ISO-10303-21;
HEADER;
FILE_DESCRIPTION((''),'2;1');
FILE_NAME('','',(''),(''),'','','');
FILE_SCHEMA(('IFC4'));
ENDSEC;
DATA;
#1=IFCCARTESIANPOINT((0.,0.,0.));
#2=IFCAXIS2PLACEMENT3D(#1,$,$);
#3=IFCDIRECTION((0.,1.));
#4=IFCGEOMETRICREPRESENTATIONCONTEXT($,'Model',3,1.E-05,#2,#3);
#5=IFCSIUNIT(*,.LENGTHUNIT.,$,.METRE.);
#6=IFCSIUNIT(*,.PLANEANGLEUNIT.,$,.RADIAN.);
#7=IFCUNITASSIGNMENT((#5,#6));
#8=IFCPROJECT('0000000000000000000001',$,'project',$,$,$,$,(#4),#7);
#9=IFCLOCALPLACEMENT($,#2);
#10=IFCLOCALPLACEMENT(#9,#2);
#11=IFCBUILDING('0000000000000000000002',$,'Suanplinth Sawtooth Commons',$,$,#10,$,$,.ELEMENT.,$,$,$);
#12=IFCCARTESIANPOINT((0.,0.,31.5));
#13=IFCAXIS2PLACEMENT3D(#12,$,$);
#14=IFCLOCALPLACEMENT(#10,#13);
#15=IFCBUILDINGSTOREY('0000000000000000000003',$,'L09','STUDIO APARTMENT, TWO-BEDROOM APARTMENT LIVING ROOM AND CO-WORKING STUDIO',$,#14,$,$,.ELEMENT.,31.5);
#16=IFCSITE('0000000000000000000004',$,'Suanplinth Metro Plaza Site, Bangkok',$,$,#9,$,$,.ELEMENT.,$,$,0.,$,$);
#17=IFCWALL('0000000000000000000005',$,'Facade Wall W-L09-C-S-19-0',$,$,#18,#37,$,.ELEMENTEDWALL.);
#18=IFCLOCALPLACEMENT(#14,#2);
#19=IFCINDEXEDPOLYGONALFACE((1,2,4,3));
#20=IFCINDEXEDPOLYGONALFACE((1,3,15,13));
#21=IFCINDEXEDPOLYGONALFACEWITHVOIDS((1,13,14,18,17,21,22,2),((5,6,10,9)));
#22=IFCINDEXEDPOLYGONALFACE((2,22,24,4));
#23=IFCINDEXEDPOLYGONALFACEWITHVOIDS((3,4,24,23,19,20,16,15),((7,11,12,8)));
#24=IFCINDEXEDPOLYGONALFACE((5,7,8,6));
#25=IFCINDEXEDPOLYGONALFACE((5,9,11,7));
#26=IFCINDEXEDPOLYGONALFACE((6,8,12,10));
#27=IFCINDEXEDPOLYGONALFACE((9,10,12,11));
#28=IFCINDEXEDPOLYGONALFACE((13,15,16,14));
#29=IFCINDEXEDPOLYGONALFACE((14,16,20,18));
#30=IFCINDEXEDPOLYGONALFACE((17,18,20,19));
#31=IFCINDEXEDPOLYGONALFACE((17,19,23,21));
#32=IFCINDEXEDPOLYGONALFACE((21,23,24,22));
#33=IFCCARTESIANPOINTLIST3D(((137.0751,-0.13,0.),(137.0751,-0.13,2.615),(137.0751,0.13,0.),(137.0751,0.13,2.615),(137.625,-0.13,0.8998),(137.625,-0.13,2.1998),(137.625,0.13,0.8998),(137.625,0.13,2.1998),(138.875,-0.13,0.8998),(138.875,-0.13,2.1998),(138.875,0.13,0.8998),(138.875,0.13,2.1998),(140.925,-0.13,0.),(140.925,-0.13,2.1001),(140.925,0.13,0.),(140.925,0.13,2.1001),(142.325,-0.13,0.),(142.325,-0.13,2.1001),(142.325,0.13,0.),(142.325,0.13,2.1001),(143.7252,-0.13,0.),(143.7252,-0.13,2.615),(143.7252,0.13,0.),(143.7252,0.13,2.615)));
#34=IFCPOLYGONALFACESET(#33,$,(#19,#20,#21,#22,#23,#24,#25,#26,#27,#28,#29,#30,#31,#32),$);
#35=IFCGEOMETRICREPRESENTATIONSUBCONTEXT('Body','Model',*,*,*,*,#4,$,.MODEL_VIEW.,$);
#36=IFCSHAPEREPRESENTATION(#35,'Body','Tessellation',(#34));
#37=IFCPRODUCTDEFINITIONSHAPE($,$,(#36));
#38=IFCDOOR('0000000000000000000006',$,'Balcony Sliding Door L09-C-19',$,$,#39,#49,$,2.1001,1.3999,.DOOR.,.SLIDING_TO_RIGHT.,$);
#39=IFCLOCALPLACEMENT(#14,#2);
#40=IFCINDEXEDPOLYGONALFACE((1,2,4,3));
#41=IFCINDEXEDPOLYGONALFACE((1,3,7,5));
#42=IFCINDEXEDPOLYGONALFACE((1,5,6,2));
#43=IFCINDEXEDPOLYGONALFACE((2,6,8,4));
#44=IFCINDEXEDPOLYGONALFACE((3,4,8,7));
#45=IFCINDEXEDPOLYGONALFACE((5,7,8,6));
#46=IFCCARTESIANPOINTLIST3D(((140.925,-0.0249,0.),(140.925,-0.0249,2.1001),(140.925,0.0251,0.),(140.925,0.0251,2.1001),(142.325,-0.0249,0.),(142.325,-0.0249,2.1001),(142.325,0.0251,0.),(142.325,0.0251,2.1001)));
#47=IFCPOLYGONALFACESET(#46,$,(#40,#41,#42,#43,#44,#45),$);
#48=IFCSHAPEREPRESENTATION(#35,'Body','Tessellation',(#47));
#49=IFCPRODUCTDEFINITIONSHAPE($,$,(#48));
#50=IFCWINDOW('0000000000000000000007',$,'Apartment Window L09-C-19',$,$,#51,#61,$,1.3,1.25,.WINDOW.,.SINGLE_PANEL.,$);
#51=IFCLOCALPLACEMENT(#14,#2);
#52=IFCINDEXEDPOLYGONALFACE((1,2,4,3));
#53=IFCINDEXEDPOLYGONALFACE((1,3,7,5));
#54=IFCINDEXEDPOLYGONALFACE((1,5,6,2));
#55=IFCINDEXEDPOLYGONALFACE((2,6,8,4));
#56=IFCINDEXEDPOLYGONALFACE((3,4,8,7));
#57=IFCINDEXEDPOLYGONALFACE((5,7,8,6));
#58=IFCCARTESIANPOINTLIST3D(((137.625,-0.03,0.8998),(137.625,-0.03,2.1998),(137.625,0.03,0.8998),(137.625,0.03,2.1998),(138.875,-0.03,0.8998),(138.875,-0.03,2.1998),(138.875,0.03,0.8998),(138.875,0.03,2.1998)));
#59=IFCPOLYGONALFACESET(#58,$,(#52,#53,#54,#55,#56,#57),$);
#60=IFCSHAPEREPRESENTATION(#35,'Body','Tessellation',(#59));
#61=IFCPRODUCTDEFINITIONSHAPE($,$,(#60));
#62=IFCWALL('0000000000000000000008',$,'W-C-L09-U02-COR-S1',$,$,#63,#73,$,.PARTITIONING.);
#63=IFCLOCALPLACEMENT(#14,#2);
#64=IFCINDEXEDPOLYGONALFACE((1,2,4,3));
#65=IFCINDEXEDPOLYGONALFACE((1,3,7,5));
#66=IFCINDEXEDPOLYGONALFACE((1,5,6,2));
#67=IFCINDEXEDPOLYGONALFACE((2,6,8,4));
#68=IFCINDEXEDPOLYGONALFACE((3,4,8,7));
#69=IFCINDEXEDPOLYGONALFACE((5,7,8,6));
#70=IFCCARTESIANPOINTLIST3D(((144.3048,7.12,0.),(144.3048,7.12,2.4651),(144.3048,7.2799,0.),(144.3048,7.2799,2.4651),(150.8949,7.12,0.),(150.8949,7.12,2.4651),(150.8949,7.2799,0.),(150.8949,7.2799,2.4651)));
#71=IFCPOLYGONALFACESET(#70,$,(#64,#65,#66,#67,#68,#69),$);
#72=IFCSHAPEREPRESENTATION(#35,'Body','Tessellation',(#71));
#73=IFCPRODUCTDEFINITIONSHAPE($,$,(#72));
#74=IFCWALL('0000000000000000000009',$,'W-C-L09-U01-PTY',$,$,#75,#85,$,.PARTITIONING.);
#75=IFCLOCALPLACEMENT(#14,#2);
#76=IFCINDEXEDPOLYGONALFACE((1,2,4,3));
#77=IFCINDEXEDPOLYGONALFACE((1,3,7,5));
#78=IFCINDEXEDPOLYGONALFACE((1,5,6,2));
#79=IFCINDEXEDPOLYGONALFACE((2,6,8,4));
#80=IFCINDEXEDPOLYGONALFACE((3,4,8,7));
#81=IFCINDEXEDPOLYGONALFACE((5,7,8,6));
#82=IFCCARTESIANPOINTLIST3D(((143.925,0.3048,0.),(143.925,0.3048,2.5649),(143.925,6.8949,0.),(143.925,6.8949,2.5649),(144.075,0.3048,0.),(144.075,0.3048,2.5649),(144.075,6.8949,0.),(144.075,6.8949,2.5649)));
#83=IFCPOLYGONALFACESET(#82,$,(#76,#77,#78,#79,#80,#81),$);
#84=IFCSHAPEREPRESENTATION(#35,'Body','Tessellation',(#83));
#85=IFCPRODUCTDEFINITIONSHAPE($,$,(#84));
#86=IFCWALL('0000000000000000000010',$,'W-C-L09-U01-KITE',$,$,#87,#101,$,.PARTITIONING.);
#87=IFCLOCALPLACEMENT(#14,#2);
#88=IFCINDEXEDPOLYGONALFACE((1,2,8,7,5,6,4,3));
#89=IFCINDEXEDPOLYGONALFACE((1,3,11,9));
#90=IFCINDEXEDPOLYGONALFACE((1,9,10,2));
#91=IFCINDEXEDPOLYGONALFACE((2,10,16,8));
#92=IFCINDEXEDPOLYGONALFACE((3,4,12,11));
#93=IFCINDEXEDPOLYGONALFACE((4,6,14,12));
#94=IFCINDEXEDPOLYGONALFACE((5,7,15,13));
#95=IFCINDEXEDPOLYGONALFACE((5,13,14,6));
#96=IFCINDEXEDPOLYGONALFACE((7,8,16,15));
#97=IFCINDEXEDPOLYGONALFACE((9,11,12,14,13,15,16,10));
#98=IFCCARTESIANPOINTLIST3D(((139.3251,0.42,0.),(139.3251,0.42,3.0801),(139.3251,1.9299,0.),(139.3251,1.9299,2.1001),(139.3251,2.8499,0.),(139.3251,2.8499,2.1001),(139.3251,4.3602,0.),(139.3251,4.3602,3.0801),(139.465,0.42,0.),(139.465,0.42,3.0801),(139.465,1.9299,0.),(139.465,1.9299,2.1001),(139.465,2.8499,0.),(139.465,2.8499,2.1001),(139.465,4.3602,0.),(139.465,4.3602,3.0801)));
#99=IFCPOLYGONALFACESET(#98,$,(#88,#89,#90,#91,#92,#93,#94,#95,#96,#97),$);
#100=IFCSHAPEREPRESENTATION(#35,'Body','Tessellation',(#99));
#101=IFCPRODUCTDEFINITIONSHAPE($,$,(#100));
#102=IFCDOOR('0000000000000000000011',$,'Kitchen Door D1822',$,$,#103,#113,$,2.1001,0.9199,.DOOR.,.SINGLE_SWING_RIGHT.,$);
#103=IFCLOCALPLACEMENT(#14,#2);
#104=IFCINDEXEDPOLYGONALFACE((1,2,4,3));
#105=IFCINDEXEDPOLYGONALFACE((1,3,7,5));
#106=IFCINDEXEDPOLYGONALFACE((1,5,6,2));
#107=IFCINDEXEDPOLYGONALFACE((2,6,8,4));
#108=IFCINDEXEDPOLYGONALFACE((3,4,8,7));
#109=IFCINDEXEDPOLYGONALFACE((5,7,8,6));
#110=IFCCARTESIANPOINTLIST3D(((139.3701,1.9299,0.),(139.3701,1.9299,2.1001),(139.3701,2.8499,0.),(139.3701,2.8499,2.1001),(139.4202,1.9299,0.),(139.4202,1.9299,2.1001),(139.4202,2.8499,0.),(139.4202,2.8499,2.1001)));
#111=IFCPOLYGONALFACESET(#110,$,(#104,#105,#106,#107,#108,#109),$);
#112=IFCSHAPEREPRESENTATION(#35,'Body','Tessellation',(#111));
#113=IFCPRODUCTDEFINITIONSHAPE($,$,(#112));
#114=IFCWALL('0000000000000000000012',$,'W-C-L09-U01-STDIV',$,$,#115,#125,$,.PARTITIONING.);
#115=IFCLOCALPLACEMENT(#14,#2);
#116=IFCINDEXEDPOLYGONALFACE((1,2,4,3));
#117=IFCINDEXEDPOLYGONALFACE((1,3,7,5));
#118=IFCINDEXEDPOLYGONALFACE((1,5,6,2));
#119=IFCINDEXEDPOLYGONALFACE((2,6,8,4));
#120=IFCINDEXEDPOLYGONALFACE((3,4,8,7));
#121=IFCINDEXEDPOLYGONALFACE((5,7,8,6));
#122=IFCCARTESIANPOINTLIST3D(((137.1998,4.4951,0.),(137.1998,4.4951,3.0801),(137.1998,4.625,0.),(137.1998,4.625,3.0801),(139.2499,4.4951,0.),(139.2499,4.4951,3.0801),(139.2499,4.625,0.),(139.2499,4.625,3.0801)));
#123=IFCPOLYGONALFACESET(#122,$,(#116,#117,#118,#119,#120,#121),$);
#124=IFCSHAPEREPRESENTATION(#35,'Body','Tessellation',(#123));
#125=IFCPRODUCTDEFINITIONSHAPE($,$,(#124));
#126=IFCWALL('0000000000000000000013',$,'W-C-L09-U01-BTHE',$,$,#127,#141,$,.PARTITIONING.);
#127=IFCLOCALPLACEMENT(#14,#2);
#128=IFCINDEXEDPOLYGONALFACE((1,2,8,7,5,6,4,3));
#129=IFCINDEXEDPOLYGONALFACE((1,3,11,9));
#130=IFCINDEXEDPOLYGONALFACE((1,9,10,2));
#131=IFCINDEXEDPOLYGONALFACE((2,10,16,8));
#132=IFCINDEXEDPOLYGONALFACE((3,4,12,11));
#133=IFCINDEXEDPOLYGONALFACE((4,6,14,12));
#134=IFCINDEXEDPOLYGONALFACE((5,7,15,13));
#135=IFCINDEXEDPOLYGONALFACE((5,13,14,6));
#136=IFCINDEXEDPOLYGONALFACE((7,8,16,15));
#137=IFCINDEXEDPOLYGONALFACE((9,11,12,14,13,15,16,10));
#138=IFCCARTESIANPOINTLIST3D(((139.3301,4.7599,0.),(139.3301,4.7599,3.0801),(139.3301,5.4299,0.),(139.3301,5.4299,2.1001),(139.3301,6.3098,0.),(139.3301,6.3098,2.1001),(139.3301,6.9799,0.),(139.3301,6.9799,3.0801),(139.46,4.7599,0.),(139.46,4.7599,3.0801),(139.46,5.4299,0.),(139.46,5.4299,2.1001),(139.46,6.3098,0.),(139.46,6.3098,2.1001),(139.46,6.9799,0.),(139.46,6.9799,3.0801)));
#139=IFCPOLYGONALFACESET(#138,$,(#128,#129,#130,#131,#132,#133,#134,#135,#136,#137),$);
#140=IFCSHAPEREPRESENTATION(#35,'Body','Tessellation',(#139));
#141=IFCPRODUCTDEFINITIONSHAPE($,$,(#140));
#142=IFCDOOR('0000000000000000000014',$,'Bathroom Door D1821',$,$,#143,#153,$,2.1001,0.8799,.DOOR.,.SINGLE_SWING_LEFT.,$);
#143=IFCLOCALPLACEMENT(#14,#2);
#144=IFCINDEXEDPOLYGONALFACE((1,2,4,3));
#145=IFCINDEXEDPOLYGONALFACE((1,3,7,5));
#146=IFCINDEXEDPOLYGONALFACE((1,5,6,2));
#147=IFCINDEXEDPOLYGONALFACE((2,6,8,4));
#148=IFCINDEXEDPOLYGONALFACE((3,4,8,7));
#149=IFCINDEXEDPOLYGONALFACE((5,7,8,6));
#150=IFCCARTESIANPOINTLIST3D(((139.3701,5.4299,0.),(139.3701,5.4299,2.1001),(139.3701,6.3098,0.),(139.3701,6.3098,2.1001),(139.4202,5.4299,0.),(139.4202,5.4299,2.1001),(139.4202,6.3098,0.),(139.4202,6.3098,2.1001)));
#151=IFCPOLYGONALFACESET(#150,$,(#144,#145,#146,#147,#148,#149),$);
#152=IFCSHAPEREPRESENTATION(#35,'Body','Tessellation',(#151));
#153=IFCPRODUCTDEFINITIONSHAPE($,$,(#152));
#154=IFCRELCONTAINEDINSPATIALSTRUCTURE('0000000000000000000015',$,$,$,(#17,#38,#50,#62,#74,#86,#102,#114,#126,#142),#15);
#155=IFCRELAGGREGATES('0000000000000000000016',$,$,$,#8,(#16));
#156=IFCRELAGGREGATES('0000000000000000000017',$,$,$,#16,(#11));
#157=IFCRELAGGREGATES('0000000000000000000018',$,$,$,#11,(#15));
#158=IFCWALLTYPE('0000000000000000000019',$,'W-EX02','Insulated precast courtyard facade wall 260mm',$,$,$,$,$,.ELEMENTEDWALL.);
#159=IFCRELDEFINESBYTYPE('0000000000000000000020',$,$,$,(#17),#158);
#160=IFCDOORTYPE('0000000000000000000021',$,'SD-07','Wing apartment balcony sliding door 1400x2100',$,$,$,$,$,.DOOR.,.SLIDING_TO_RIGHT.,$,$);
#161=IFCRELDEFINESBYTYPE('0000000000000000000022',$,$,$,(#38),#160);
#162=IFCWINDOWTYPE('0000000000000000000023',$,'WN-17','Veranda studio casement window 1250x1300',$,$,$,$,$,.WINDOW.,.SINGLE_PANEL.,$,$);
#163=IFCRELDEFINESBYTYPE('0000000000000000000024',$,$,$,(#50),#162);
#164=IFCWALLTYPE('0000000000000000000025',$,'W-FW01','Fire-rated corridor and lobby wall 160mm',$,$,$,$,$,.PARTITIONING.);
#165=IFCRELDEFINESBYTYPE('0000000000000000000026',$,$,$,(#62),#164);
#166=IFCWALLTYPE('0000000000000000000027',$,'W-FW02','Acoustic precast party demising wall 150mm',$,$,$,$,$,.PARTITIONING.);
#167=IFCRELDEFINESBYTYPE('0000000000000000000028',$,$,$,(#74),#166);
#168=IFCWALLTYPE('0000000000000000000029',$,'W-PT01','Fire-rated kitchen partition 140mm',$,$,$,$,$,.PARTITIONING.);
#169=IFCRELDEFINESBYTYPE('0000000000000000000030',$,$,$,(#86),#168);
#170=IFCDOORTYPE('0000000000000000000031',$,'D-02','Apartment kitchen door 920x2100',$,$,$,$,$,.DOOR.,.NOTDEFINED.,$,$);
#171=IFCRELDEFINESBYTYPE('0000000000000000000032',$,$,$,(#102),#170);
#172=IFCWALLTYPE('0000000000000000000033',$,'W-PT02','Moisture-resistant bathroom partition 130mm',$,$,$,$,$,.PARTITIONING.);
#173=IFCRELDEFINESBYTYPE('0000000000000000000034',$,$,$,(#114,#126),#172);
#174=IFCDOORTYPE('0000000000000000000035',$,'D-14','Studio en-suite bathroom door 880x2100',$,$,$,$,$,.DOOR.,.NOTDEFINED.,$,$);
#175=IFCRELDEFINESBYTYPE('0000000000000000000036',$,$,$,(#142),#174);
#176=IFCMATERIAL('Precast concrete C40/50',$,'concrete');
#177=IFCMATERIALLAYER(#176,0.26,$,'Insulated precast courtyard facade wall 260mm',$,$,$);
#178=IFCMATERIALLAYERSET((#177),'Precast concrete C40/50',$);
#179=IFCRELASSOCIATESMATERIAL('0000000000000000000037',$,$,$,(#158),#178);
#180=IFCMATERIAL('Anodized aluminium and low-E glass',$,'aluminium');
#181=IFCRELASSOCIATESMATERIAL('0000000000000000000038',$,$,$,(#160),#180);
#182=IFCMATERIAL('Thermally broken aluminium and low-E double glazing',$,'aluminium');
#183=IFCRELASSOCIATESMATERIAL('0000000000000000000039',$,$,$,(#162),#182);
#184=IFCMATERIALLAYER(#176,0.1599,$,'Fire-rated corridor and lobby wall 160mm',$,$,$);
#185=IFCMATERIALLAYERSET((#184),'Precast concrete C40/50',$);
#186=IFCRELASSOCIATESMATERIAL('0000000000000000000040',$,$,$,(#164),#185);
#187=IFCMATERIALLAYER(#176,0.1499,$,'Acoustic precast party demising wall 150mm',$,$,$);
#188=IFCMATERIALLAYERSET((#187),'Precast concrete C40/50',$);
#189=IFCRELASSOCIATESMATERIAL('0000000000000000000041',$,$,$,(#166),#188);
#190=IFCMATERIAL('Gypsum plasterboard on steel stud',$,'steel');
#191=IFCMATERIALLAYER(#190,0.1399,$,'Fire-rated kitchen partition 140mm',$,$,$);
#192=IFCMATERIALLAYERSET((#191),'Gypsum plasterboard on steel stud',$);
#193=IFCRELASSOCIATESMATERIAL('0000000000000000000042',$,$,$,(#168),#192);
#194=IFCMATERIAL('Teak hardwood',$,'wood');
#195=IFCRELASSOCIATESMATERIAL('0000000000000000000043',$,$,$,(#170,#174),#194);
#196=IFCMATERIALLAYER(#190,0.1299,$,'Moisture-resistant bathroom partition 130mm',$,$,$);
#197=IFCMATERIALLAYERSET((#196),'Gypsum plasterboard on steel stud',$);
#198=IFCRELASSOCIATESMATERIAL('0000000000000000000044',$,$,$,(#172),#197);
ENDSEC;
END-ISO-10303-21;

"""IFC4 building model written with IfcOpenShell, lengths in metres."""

from ifc_helpers import new_model, si_unit, direction, frame, frame_2d, origin, place, context, subcontext, project, spatial, rectangle, extrude, material, layer, layer_set, type_object, element, fill, save


model = new_model("IFC4")

# Units and contexts
model_context = context("Model", 3, precision=1e-05, world=origin(), true_north=direction((0.0, 1.0)))
body_context = subcontext(model_context, "Body", "Model", "MODEL_VIEW")
ifc_project = project(units=[si_unit("LENGTHUNIT", "METRE"), si_unit("PLANEANGLEUNIT", "RADIAN")], contexts=[model_context])

# Site, building, storey
site_placement = place(None, origin())
site = spatial("IfcSite", under=ifc_project, at=site_placement, Name="Suanplinth Metro Plaza Site, Bangkok", CompositionType="ELEMENT", RefElevation=0.0)
building_placement = place(site_placement, origin())
building = spatial("IfcBuilding", under=site, at=building_placement, Name="Suanplinth Sawtooth Commons", CompositionType="ELEMENT")
storey_placement = place(building_placement, frame((0.0, 0.0, 31.5)))
storey = spatial("IfcBuildingStorey", under=building, at=storey_placement, Name="L09", Description="STUDIO APARTMENT, TWO-BEDROOM APARTMENT LIVING ROOM AND CO-WORKING STUDIO", CompositionType="ELEMENT", Elevation=31.5)

# Shared definitions
ifc_material_1 = material(Name="Precast concrete C40/50", Category="concrete")

# Wall, openings, door, window
ifc_layer_1 = layer(ifc_material_1, 0.26, Name="Insulated precast courtyard facade wall 260mm")
ifc_layer_set_1 = layer_set([ifc_layer_1], Name="Precast concrete C40/50")
wall_type_1 = type_object("IfcWallType", Name="W-EX02", Description="Insulated precast courtyard facade wall 260mm", PredefinedType="ELEMENTEDWALL", material=ifc_layer_set_1)
wall_1_placement = place(storey_placement, frame((137.075, 0.0, 0.0), z_axis=(0.0, 0.0, 1.0), x_axis=(1.0, 0.0, 0.0)))
wall_1 = element("IfcWall", 1, at=wall_1_placement, inside=storey, type_object=wall_type_1, Name="Facade Wall W-L09-C-S-19-0", PredefinedType="ELEMENTEDWALL", context=body_context, shape_type="SweptSolid", body=[
    extrude(rectangle(XDim=6.6501, YDim=0.26, at=frame_2d((3.3252, 0.0))), origin(), (0.0, 0.0, 1.0), 2.615),
])
opening_1_placement = place(wall_1_placement, frame((3.8501, 0.0, 0.0)))
opening_1 = element("IfcOpeningElement", 2, at=opening_1_placement, cuts=wall_1, PredefinedType="OPENING", context=body_context, shape_type="SweptSolid", body=[
    extrude(rectangle(XDim=1.3999, YDim=2.1001, at=frame_2d((0.7, 1.05))), frame((0.0, 0.145, 0.0), z_axis=(0.0, -1.0, 0.0), x_axis=(1.0, 0.0, 0.0)), (0.0, 0.0, 1.0), 0.2898),
])
opening_2_placement = place(wall_1_placement, frame((0.55, 0.0, 0.8999)))
opening_2 = element("IfcOpeningElement", 3, at=opening_2_placement, cuts=wall_1, PredefinedType="OPENING", context=body_context, shape_type="SweptSolid", body=[
    extrude(rectangle(XDim=1.25, YDim=1.3, at=frame_2d((0.625, 0.6499))), frame((0.0, 0.145, 0.0), z_axis=(0.0, -1.0, 0.0), x_axis=(1.0, 0.0, 0.0)), (0.0, 0.0, 1.0), 0.2898),
])
ifc_material_2 = material(Name="Anodized aluminium and low-E glass", Category="aluminium")
door_type_1 = type_object("IfcDoorType", Name="SD-07", Description="Wing apartment balcony sliding door 1400x2100", OperationType="SLIDING_TO_RIGHT", PredefinedType="DOOR", material=ifc_material_2)
door_1_placement = place(opening_1_placement, frame((1.3999, 0.0, 0.0), z_axis=(0.0, 0.0, 1.0), x_axis=(-1.0, 0.0, 0.0)))
door_1 = element("IfcDoor", 4, at=door_1_placement, inside=storey, type_object=door_type_1, Name="Balcony Sliding Door L09-C-19", OperationType="SLIDING_TO_RIGHT", OverallHeight=2.1001, OverallWidth=1.3999, PredefinedType="DOOR", context=body_context, shape_type="SweptSolid", body=[
    extrude(rectangle(XDim=1.3999, YDim=2.1001, at=frame_2d((0.7, 1.05))), frame((0.0, 0.0249, 0.0), z_axis=(0.0, -1.0, 0.0), x_axis=(1.0, 0.0, 0.0)), (0.0, 0.0, 1.0), 0.05),
])
fill(opening_1, door_1)
ifc_material_3 = material(Name="Thermally broken aluminium and low-E double glazing", Category="aluminium")
window_type = type_object("IfcWindowType", Name="WN-17", Description="Veranda studio casement window 1250x1300", PartitioningType="SINGLE_PANEL", PredefinedType="WINDOW", material=ifc_material_3)
window_placement = place(opening_2_placement, origin())
window = element("IfcWindow", 5, at=window_placement, inside=storey, type_object=window_type, Name="Apartment Window L09-C-19", OverallHeight=1.3, OverallWidth=1.25, PartitioningType="SINGLE_PANEL", PredefinedType="WINDOW", context=body_context, shape_type="SweptSolid", body=[
    extrude(rectangle(XDim=1.25, YDim=1.3, at=frame_2d((0.625, 0.6499))), frame((0.0, 0.03, 0.0), z_axis=(0.0, -1.0, 0.0), x_axis=(1.0, 0.0, 0.0)), (0.0, 0.0, 1.0), 0.0601),
])
fill(opening_2, window)

# Shared definitions
ifc_layer_2 = layer(ifc_material_1, 0.1599, Name="Fire-rated corridor and lobby wall 160mm")
ifc_layer_set_2 = layer_set([ifc_layer_2], Name="Precast concrete C40/50")
wall_type_2 = type_object("IfcWallType", Name="W-FW01", Description="Fire-rated corridor and lobby wall 160mm", PredefinedType="PARTITIONING", material=ifc_layer_set_2)

# Walls
wall_2_placement = place(storey_placement, frame((144.3049, 7.2, 0.0), z_axis=(0.0, 0.0, 1.0), x_axis=(1.0, 0.0, 0.0)))
element("IfcWall", 6, at=wall_2_placement, inside=storey, type_object=wall_type_2, Name="W-C-L09-U02-COR-S1", PredefinedType="PARTITIONING", context=body_context, shape_type="SweptSolid", body=[
    extrude(rectangle(XDim=6.5901, YDim=0.1599, at=frame_2d((3.2949, 0.0))), origin(), (0.0, 0.0, 1.0), 2.4651),
])
ifc_layer_3 = layer(ifc_material_1, 0.1499, Name="Acoustic precast party demising wall 150mm")
ifc_layer_set_3 = layer_set([ifc_layer_3], Name="Precast concrete C40/50")
wall_type_3 = type_object("IfcWallType", Name="W-FW02", Description="Acoustic precast party demising wall 150mm", PredefinedType="PARTITIONING", material=ifc_layer_set_3)
wall_3_placement = place(storey_placement, frame((144.0, 0.3049, 0.0), z_axis=(0.0, 0.0, 1.0), x_axis=(0.0, 1.0, 0.0)))
element("IfcWall", 7, at=wall_3_placement, inside=storey, type_object=wall_type_3, Name="W-C-L09-U01-PTY", PredefinedType="PARTITIONING", context=body_context, shape_type="SweptSolid", body=[
    extrude(rectangle(XDim=6.5901, YDim=0.1499, at=frame_2d((3.2949, 0.0))), origin(), (0.0, 0.0, 1.0), 2.5649),
])

# Wall, opening, door
ifc_material_4 = material(Name="Gypsum plasterboard on steel stud", Category="steel")
ifc_layer_4 = layer(ifc_material_4, 0.1399, Name="Fire-rated kitchen partition 140mm")
ifc_layer_set_4 = layer_set([ifc_layer_4], Name="Gypsum plasterboard on steel stud")
wall_type_4 = type_object("IfcWallType", Name="W-PT01", Description="Fire-rated kitchen partition 140mm", PredefinedType="PARTITIONING", material=ifc_layer_set_4)
wall_4_placement = place(storey_placement, frame((139.395, 0.4199, 0.0), z_axis=(0.0, 0.0, 1.0), x_axis=(0.0, 1.0, 0.0)))
wall_4 = element("IfcWall", 8, at=wall_4_placement, inside=storey, type_object=wall_type_4, Name="W-C-L09-U01-KITE", PredefinedType="PARTITIONING", context=body_context, shape_type="SweptSolid", body=[
    extrude(rectangle(XDim=3.9402, YDim=0.1399, at=frame_2d((1.9702, 0.0))), origin(), (0.0, 0.0, 1.0), 3.0801),
])
opening_3_placement = place(wall_4_placement, frame((1.51, 0.0, 0.0)))
opening_3 = element("IfcOpeningElement", 9, at=opening_3_placement, cuts=wall_4, PredefinedType="OPENING", context=body_context, shape_type="SweptSolid", body=[
    extrude(rectangle(XDim=0.9199, YDim=2.1001, at=frame_2d((0.46, 1.05))), frame((0.0, 0.085, 0.0), z_axis=(0.0, -1.0, 0.0), x_axis=(1.0, 0.0, 0.0)), (0.0, 0.0, 1.0), 0.1697),
])
ifc_material_5 = material(Name="Teak hardwood", Category="wood")
door_type_2 = type_object("IfcDoorType", Name="D-02", Description="Apartment kitchen door 920x2100", OperationType="NOTDEFINED", PredefinedType="DOOR", material=ifc_material_5)
door_2_placement = place(opening_3_placement, origin())
door_2 = element("IfcDoor", 10, at=door_2_placement, inside=storey, type_object=door_type_2, Name="Kitchen Door D1822", OperationType="SINGLE_SWING_RIGHT", OverallHeight=2.1001, OverallWidth=0.9199, PredefinedType="DOOR", context=body_context, shape_type="SweptSolid", body=[
    extrude(rectangle(XDim=0.9199, YDim=2.1001, at=frame_2d((0.46, 1.05))), frame((0.0, 0.0249, 0.0), z_axis=(0.0, -1.0, 0.0), x_axis=(1.0, 0.0, 0.0)), (0.0, 0.0, 1.0), 0.05),
])
fill(opening_3, door_2)

# Wall
ifc_layer_5 = layer(ifc_material_4, 0.1299, Name="Moisture-resistant bathroom partition 130mm")
ifc_layer_set_5 = layer_set([ifc_layer_5], Name="Gypsum plasterboard on steel stud")
wall_type_5 = type_object("IfcWallType", Name="W-PT02", Description="Moisture-resistant bathroom partition 130mm", PredefinedType="PARTITIONING", material=ifc_layer_set_5)
wall_5_placement = place(storey_placement, frame((137.2, 4.5601, 0.0), z_axis=(0.0, 0.0, 1.0), x_axis=(1.0, 0.0, 0.0)))
element("IfcWall", 11, at=wall_5_placement, inside=storey, type_object=wall_type_5, Name="W-C-L09-U01-STDIV", PredefinedType="PARTITIONING", context=body_context, shape_type="SweptSolid", body=[
    extrude(rectangle(XDim=2.05, YDim=0.1299, at=frame_2d((1.0249, 0.0))), origin(), (0.0, 0.0, 1.0), 3.0801),
])

# Wall, opening, door
wall_6_placement = place(storey_placement, frame((139.395, 4.76, 0.0), z_axis=(0.0, 0.0, 1.0), x_axis=(0.0, 1.0, 0.0)))
wall_6 = element("IfcWall", 12, at=wall_6_placement, inside=storey, type_object=wall_type_5, Name="W-C-L09-U01-BTHE", PredefinedType="PARTITIONING", context=body_context, shape_type="SweptSolid", body=[
    extrude(rectangle(XDim=2.22, YDim=0.1299, at=frame_2d((1.1099, 0.0))), origin(), (0.0, 0.0, 1.0), 3.0801),
])
opening_4_placement = place(wall_6_placement, frame((0.6699, 0.0, 0.0)))
opening_4 = element("IfcOpeningElement", 13, at=opening_4_placement, cuts=wall_6, PredefinedType="OPENING", context=body_context, shape_type="SweptSolid", body=[
    extrude(rectangle(XDim=0.8799, YDim=2.1001, at=frame_2d((0.4399, 1.05))), frame((0.0, 0.0798, 0.0), z_axis=(0.0, -1.0, 0.0), x_axis=(1.0, 0.0, 0.0)), (0.0, 0.0, 1.0), 0.1597),
])
door_type_3 = type_object("IfcDoorType", Name="D-14", Description="Studio en-suite bathroom door 880x2100", OperationType="NOTDEFINED", PredefinedType="DOOR", material=ifc_material_5)
door_3_placement = place(opening_4_placement, origin())
door_3 = element("IfcDoor", 14, at=door_3_placement, inside=storey, type_object=door_type_3, Name="Bathroom Door D1821", OperationType="SINGLE_SWING_LEFT", OverallHeight=2.1001, OverallWidth=0.8799, PredefinedType="DOOR", context=body_context, shape_type="SweptSolid", body=[
    extrude(rectangle(XDim=0.8799, YDim=2.1001, at=frame_2d((0.4399, 1.05))), frame((0.0, 0.0249, 0.0), z_axis=(0.0, -1.0, 0.0), x_axis=(1.0, 0.0, 0.0)), (0.0, 0.0, 1.0), 0.05),
])
fill(opening_4, door_3)

save(model, "model.ifc")
